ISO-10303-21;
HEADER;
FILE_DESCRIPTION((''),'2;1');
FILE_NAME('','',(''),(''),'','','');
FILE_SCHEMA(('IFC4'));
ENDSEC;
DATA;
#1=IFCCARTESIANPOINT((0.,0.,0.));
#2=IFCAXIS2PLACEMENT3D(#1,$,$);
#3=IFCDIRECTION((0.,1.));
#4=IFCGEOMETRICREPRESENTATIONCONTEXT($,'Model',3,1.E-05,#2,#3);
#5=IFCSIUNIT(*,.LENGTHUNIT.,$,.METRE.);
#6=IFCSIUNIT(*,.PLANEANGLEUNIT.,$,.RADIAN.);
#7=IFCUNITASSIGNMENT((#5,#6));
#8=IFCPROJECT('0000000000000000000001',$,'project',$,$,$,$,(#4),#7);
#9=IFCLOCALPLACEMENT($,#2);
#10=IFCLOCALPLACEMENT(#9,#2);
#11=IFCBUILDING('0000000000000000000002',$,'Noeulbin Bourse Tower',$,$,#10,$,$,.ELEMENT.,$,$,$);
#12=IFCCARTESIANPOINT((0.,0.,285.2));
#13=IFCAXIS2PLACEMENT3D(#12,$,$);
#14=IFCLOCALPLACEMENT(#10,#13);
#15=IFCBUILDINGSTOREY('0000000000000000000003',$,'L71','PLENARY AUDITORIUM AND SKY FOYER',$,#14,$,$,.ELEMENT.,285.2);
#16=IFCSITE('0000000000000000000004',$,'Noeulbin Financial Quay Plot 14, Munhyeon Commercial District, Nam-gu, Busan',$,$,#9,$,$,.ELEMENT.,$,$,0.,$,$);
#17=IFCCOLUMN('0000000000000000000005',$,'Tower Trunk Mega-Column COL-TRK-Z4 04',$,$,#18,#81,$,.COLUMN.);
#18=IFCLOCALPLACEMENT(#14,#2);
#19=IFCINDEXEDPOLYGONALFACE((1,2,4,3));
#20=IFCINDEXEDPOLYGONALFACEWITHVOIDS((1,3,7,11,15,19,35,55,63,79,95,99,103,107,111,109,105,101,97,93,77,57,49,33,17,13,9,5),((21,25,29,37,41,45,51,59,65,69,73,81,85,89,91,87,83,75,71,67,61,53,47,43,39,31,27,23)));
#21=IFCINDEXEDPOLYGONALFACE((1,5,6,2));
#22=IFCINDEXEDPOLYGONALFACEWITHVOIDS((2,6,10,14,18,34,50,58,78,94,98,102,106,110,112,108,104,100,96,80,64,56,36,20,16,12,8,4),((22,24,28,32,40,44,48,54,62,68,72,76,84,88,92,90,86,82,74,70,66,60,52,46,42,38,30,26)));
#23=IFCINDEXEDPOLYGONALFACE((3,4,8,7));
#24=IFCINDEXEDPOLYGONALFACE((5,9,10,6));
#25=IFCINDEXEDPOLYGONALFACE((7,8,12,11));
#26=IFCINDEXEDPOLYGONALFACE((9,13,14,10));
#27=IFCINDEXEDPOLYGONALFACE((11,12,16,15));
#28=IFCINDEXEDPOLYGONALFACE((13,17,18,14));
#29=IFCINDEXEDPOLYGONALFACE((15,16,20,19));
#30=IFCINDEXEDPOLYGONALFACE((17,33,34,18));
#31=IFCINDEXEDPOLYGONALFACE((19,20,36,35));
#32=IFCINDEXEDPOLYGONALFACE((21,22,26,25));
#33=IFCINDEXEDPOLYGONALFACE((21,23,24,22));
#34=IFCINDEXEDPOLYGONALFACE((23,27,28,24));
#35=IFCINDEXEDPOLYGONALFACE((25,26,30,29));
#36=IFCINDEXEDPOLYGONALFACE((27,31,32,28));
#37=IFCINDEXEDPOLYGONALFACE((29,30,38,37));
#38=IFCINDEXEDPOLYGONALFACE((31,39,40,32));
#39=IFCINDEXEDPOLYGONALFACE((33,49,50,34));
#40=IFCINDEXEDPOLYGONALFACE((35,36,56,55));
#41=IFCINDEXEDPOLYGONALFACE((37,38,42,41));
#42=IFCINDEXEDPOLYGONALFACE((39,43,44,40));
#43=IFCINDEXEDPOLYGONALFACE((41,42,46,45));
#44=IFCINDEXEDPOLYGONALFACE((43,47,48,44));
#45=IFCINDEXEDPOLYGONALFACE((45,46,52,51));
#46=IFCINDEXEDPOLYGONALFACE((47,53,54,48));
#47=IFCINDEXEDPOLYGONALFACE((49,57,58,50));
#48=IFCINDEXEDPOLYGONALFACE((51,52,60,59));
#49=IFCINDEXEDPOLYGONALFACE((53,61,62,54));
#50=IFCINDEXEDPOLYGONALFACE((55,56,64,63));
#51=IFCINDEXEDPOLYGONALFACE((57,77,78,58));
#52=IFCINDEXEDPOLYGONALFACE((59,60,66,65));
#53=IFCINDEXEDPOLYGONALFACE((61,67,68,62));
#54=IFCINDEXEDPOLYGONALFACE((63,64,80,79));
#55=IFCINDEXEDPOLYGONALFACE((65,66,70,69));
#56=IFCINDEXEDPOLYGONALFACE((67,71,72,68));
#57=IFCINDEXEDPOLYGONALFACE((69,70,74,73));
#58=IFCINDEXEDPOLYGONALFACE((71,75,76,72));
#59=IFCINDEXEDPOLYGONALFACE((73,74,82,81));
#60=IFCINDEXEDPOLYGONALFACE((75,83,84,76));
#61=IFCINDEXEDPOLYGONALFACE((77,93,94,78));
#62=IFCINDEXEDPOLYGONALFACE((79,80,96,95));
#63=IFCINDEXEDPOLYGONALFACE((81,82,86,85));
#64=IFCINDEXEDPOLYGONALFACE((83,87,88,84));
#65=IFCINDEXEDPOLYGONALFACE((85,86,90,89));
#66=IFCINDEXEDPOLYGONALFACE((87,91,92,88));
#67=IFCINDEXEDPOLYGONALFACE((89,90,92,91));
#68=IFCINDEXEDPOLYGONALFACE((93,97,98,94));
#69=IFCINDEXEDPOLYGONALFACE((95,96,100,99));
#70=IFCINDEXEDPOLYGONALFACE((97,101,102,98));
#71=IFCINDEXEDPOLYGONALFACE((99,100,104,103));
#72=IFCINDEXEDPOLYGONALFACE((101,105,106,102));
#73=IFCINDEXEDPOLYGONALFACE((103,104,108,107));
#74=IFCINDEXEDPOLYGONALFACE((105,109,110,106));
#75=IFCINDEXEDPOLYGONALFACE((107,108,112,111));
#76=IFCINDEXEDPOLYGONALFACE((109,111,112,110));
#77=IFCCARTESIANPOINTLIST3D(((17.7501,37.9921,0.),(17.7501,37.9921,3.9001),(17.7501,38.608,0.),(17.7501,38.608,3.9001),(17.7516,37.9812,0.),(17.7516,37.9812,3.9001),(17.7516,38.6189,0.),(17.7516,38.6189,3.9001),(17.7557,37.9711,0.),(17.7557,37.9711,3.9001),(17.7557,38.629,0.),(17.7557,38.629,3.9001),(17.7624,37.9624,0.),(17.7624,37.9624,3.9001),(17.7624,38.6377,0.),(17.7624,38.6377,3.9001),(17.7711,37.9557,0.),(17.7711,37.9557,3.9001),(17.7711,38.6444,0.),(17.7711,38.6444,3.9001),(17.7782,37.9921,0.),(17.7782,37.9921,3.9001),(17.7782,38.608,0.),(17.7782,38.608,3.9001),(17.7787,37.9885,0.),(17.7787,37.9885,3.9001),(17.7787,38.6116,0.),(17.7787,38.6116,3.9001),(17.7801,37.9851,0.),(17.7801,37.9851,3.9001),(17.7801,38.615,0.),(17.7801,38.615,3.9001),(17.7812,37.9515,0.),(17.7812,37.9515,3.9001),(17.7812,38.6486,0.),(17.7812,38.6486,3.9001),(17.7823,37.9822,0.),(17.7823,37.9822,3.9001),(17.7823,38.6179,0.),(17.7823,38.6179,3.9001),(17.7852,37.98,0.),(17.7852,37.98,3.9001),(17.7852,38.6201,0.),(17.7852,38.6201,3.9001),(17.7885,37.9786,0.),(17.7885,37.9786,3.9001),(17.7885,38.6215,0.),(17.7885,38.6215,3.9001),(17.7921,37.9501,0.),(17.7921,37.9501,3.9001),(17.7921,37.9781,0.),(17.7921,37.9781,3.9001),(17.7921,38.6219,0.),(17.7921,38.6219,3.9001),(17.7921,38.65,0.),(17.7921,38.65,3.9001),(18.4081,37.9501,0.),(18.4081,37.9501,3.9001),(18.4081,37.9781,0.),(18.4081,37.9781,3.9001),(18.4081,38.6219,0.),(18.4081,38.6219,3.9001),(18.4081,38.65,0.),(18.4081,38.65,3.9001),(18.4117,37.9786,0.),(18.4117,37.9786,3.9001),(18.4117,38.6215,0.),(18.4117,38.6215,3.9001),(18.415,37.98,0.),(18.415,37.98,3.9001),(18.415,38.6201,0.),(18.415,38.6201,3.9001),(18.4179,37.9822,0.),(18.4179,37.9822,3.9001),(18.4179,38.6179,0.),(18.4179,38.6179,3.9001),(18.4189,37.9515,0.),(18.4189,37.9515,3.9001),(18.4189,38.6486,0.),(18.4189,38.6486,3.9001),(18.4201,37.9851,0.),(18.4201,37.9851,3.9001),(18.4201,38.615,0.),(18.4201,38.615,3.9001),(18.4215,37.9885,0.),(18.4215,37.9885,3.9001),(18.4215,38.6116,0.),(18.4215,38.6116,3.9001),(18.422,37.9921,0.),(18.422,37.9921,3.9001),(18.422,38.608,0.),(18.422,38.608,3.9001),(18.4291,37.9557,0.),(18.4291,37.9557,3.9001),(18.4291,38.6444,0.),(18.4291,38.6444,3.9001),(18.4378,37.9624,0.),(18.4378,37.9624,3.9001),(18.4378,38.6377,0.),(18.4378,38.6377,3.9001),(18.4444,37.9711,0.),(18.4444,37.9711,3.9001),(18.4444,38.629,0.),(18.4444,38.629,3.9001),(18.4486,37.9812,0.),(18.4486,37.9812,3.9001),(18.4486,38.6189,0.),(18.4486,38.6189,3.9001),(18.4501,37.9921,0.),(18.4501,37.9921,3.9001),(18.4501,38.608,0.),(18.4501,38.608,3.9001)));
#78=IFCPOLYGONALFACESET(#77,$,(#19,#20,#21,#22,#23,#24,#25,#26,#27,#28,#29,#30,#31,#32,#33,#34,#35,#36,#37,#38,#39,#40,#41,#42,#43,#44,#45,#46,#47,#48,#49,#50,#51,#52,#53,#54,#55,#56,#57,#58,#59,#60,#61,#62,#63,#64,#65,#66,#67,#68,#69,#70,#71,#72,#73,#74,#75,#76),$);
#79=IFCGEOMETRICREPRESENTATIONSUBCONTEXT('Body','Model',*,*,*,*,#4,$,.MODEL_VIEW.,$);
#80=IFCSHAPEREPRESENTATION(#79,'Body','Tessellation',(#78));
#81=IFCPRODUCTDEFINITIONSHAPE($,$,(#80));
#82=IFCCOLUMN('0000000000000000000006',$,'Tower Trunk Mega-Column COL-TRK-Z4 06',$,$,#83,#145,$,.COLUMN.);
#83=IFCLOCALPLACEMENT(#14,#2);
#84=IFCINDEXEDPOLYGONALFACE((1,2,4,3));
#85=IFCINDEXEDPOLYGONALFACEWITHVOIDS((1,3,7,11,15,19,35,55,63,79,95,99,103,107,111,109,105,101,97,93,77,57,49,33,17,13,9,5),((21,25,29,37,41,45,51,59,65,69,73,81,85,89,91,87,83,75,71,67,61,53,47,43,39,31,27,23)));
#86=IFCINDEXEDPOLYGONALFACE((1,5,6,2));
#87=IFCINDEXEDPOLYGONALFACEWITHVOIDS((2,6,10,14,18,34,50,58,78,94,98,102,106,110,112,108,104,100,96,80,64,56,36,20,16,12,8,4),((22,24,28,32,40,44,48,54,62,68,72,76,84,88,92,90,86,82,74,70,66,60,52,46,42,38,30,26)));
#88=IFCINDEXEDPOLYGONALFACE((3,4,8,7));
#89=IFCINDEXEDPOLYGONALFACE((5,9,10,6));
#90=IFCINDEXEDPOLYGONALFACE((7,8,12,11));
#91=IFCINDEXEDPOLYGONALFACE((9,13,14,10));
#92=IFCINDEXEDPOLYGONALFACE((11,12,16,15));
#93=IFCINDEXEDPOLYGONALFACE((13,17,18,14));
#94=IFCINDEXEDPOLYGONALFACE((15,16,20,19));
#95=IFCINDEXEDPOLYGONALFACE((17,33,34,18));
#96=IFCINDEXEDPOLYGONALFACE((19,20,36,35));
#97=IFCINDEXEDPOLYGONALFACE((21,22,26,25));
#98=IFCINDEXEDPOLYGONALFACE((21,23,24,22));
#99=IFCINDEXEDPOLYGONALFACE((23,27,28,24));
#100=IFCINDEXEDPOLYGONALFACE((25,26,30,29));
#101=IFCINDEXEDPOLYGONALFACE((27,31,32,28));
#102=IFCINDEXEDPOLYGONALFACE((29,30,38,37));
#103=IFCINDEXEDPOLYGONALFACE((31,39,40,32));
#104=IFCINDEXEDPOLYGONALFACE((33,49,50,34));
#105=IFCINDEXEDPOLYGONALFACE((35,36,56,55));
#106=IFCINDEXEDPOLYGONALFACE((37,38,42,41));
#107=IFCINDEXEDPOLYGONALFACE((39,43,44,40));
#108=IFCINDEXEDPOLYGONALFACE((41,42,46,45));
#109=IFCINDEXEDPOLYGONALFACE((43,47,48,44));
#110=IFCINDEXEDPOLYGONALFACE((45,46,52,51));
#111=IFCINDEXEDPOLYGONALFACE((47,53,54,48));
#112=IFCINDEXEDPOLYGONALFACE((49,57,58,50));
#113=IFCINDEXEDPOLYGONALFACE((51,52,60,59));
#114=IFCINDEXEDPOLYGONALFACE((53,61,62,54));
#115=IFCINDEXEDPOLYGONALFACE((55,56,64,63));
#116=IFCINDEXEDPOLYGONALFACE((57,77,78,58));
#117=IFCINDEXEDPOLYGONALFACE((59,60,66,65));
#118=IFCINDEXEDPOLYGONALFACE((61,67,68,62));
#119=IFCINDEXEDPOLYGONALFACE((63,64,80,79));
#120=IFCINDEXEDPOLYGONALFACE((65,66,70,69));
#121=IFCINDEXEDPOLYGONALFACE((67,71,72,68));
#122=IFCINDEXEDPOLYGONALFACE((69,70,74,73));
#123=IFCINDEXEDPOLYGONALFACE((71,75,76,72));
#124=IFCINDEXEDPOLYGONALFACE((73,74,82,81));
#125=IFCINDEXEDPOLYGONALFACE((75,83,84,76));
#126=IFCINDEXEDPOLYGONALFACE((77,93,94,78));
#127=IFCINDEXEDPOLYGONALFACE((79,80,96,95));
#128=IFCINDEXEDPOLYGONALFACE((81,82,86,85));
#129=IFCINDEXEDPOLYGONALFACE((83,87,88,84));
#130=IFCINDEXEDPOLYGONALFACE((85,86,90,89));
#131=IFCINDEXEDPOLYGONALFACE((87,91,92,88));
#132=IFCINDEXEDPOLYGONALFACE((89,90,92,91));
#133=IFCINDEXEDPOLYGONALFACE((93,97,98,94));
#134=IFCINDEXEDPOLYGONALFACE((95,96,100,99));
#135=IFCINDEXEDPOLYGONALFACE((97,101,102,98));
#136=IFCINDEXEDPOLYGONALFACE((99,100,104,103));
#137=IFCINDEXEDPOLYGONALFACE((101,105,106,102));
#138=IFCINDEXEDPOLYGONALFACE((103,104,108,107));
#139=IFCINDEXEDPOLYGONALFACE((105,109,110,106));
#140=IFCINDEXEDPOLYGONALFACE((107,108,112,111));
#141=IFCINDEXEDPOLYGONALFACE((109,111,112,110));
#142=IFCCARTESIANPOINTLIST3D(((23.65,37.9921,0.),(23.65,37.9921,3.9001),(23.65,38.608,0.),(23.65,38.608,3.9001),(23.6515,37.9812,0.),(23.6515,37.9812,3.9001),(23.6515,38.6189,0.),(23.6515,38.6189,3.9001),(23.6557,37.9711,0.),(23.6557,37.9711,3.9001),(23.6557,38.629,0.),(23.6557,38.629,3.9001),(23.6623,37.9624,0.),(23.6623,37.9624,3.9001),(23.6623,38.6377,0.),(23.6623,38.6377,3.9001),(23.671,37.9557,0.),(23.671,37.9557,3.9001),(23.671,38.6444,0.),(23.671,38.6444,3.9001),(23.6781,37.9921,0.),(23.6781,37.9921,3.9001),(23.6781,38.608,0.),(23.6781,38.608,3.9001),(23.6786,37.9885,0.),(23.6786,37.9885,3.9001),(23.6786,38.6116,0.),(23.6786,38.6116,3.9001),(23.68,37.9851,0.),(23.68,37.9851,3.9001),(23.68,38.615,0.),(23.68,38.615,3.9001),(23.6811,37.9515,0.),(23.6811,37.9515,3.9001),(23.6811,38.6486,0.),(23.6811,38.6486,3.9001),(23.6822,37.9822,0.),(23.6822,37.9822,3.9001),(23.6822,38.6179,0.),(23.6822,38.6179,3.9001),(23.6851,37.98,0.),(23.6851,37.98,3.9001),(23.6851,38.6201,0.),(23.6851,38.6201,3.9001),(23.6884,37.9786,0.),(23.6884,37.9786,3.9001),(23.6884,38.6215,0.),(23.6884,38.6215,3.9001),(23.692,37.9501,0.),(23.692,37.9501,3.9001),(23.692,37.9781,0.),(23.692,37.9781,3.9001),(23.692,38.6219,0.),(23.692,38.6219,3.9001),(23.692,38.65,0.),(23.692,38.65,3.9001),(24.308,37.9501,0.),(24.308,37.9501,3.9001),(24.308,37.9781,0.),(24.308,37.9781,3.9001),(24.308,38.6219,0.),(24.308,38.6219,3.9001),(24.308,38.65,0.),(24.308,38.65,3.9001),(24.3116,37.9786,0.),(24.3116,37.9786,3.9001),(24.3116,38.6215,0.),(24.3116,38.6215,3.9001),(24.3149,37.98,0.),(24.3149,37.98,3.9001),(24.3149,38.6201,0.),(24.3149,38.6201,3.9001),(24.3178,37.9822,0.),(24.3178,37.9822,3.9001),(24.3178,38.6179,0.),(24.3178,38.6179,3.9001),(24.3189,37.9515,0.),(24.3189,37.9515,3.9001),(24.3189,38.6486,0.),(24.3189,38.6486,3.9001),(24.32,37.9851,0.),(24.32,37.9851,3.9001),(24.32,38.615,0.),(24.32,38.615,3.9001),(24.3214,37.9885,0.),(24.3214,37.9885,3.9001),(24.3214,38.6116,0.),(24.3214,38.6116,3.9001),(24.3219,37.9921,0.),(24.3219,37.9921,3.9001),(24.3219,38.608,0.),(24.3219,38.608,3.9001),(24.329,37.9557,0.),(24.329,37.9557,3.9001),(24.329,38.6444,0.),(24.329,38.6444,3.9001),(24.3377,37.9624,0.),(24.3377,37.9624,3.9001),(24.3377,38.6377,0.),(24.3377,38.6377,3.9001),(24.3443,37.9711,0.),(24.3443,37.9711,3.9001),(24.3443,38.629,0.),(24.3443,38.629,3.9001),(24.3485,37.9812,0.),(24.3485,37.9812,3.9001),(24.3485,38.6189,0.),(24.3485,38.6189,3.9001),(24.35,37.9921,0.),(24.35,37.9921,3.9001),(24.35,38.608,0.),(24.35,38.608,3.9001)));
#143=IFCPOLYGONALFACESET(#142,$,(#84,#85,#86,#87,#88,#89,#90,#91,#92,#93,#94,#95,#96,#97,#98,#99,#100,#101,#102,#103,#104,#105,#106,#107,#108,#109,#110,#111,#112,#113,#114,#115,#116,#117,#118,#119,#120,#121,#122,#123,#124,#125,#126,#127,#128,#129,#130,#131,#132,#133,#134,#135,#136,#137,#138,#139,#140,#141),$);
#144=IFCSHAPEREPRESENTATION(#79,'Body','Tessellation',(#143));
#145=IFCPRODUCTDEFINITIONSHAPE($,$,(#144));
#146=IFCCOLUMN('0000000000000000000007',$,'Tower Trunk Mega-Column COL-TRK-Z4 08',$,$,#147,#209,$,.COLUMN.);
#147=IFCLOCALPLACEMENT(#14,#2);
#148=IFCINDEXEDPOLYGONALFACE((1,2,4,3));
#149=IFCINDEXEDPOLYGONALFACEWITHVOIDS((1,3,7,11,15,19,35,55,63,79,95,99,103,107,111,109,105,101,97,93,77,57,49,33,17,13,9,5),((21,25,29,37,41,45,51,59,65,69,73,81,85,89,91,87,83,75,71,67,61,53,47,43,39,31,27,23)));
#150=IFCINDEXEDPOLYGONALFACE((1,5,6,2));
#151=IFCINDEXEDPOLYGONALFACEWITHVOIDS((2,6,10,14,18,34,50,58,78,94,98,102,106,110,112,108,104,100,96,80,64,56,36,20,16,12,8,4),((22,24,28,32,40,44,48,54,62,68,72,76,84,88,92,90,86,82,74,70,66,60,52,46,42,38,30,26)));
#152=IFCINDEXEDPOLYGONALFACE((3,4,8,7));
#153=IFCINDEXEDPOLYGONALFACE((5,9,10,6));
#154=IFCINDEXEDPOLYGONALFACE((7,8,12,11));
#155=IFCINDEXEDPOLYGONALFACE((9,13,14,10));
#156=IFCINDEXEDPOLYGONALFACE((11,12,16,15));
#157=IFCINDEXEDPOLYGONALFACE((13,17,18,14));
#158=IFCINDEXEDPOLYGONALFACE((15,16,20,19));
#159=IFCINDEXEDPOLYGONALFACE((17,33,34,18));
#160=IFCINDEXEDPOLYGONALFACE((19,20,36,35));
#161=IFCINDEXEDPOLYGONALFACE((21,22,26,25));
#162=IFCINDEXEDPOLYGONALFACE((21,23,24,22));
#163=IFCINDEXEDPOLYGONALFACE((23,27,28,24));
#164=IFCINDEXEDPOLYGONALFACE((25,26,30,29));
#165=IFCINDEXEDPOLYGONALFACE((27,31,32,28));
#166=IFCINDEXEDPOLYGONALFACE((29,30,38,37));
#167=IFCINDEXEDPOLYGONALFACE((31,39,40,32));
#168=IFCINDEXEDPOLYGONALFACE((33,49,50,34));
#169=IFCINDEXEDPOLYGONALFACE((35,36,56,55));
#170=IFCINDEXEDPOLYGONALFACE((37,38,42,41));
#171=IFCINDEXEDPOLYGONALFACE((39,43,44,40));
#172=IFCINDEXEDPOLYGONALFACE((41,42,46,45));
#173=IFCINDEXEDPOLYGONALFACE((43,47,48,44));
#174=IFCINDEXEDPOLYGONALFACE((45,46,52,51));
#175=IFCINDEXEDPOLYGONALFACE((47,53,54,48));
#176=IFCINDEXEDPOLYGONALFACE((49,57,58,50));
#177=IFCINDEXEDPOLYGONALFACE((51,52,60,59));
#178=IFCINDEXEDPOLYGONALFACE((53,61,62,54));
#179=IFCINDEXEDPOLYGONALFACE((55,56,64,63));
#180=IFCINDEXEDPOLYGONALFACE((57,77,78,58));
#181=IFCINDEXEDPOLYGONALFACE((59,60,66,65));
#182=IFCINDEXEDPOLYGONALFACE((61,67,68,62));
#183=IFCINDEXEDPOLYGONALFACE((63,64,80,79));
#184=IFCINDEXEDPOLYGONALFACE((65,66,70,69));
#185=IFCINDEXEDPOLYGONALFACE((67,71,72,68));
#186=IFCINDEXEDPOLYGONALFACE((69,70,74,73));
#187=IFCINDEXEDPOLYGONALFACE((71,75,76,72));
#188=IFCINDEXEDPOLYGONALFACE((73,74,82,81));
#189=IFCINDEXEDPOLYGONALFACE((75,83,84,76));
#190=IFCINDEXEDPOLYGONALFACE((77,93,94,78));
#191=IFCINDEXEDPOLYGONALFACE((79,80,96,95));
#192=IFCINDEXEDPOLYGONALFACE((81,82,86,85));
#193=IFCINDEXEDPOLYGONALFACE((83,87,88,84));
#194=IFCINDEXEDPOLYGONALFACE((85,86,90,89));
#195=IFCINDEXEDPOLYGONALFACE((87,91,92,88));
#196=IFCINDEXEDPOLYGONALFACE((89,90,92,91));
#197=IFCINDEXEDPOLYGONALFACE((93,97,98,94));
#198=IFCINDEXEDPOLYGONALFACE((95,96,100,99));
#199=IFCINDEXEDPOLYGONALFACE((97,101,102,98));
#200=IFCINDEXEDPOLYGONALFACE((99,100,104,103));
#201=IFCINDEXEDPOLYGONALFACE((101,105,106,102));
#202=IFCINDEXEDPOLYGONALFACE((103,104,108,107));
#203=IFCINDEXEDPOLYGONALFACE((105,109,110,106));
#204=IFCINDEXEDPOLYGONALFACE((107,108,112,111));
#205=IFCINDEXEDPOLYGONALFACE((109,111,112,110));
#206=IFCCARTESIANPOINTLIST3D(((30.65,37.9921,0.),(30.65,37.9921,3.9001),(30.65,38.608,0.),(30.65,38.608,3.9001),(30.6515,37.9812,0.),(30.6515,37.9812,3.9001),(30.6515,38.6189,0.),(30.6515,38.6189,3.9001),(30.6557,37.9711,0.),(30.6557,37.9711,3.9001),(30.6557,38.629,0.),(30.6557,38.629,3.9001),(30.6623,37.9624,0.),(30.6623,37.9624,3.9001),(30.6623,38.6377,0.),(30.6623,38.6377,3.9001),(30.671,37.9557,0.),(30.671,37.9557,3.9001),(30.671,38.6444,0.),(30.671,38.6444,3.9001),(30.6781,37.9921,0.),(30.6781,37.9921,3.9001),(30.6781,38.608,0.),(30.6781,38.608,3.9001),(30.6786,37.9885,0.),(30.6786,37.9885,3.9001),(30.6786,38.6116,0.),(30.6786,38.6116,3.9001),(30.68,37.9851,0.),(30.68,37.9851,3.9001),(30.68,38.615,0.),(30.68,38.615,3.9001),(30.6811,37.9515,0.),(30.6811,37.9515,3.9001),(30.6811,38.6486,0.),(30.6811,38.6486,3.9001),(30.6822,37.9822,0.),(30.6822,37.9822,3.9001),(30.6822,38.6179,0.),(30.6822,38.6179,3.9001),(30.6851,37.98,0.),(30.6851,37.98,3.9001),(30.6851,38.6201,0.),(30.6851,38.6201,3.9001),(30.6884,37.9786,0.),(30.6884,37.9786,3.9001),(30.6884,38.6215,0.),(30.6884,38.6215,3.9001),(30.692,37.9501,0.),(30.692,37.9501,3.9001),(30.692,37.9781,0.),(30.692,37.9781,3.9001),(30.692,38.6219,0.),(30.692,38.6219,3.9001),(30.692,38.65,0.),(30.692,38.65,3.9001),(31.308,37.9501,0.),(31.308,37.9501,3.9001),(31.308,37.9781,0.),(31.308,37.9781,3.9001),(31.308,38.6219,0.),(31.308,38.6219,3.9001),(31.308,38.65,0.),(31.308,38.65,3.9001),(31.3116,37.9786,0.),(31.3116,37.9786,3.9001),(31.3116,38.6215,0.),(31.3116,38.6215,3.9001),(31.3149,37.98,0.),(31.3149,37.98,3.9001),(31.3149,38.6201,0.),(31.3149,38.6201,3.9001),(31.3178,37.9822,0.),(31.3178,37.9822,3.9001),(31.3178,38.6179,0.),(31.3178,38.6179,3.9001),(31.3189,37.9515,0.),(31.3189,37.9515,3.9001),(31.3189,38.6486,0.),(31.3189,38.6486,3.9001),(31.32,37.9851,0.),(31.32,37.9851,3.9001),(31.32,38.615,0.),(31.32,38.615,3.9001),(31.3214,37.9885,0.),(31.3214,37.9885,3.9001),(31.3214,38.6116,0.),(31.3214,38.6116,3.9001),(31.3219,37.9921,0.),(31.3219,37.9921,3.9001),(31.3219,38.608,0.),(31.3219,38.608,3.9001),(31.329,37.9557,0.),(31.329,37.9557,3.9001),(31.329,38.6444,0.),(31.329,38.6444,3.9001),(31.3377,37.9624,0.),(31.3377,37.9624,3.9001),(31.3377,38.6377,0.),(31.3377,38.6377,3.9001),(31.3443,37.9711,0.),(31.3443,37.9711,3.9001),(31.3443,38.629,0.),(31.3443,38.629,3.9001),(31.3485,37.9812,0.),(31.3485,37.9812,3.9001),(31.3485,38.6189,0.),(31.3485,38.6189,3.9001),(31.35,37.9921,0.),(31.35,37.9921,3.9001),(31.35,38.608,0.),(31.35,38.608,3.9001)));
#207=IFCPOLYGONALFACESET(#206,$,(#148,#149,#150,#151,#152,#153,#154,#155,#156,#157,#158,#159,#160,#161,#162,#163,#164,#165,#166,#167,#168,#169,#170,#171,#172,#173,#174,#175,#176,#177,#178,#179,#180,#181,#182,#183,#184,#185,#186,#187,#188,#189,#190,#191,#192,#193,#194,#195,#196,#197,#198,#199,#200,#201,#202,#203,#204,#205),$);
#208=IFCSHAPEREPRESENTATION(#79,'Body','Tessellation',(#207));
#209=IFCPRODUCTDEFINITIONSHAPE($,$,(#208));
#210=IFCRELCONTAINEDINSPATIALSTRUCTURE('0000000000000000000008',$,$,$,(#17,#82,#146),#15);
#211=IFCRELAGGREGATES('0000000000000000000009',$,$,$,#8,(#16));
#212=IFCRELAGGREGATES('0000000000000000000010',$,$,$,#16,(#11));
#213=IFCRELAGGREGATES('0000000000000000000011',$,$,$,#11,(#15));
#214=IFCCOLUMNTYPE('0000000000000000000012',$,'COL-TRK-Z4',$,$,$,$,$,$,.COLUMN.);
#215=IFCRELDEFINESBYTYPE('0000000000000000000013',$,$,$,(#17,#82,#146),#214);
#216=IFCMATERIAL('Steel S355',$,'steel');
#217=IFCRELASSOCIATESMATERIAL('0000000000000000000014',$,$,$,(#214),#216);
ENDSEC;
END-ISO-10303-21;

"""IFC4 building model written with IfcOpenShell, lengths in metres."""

from ifc_helpers import new_model, si_unit, direction, frame, origin, origin_2d, place, context, subcontext, project, spatial, hollow_rectangle, extrude, material, material_profile, profile_set, type_object, element, save


model = new_model("IFC4")

# Units and contexts
model_context = context("Model", 3, precision=1e-05, world=origin(), true_north=direction((0.0, 1.0)))
body_context = subcontext(model_context, "Body", "Model", "MODEL_VIEW")
ifc_project = project(units=[si_unit("LENGTHUNIT", "METRE"), si_unit("PLANEANGLEUNIT", "RADIAN")], contexts=[model_context])

# Site, building, storey
site_placement = place(None, origin())
site = spatial("IfcSite", under=ifc_project, at=site_placement, Name="Noeulbin Financial Quay Plot 14, Munhyeon Commercial District, Nam-gu, Busan", CompositionType="ELEMENT", RefElevation=0.0)
building_placement = place(site_placement, origin())
building = spatial("IfcBuilding", under=site, at=building_placement, Name="Noeulbin Bourse Tower", CompositionType="ELEMENT")
storey_placement = place(building_placement, frame((0.0, 0.0, 285.2)))
storey = spatial("IfcBuildingStorey", under=building, at=storey_placement, Name="L71", Description="PLENARY AUDITORIUM AND SKY FOYER", CompositionType="ELEMENT", Elevation=285.2)

# Columns
ifc_material_1 = material(Name="Steel S355", Category="steel")
ifc_material_profile_1 = material_profile(ifc_material_1, hollow_rectangle(XDim=0.7, YDim=0.7, WallThickness=0.0281, InnerFilletRadius=0.0139, OuterFilletRadius=0.042, at=origin_2d()), Name="BOX-700x700x28", Category="LoadBearing")
ifc_profile_set_1 = profile_set([ifc_material_profile_1], Name="Steel S355")
column_type_1 = type_object("IfcColumnType", Name="COL-TRK-Z4", PredefinedType="COLUMN", material=ifc_profile_set_1)
for number, where, z_axis, x_axis, name in (
    (1, (18.1001, 38.3, 0.0), (0.0, 0.0, 1.0), (1.0, 0.0, 0.0), "Tower Trunk Mega-Column COL-TRK-Z4 04"),
    (2, (24.0, 38.3, 0.0), (0.0, 0.0, 1.0), (1.0, 0.0, 0.0), "Tower Trunk Mega-Column COL-TRK-Z4 06"),
    (3, (31.0, 38.3, 0.0), (0.0, 0.0, 1.0), (1.0, 0.0, 0.0), "Tower Trunk Mega-Column COL-TRK-Z4 08"),
):
    element("IfcColumn", number, at=place(storey_placement, frame(where, z_axis=z_axis, x_axis=x_axis)), inside=storey, type_object=column_type_1, Name=name, PredefinedType="COLUMN", context=body_context, shape_type="SweptSolid", body=[
        extrude(hollow_rectangle(XDim=0.7, YDim=0.7, WallThickness=0.0281, InnerFilletRadius=0.0139, OuterFilletRadius=0.042, at=origin_2d()), origin(), (0.0, 0.0, 1.0), 3.9001),
    ])

save(model, "model.ifc")
